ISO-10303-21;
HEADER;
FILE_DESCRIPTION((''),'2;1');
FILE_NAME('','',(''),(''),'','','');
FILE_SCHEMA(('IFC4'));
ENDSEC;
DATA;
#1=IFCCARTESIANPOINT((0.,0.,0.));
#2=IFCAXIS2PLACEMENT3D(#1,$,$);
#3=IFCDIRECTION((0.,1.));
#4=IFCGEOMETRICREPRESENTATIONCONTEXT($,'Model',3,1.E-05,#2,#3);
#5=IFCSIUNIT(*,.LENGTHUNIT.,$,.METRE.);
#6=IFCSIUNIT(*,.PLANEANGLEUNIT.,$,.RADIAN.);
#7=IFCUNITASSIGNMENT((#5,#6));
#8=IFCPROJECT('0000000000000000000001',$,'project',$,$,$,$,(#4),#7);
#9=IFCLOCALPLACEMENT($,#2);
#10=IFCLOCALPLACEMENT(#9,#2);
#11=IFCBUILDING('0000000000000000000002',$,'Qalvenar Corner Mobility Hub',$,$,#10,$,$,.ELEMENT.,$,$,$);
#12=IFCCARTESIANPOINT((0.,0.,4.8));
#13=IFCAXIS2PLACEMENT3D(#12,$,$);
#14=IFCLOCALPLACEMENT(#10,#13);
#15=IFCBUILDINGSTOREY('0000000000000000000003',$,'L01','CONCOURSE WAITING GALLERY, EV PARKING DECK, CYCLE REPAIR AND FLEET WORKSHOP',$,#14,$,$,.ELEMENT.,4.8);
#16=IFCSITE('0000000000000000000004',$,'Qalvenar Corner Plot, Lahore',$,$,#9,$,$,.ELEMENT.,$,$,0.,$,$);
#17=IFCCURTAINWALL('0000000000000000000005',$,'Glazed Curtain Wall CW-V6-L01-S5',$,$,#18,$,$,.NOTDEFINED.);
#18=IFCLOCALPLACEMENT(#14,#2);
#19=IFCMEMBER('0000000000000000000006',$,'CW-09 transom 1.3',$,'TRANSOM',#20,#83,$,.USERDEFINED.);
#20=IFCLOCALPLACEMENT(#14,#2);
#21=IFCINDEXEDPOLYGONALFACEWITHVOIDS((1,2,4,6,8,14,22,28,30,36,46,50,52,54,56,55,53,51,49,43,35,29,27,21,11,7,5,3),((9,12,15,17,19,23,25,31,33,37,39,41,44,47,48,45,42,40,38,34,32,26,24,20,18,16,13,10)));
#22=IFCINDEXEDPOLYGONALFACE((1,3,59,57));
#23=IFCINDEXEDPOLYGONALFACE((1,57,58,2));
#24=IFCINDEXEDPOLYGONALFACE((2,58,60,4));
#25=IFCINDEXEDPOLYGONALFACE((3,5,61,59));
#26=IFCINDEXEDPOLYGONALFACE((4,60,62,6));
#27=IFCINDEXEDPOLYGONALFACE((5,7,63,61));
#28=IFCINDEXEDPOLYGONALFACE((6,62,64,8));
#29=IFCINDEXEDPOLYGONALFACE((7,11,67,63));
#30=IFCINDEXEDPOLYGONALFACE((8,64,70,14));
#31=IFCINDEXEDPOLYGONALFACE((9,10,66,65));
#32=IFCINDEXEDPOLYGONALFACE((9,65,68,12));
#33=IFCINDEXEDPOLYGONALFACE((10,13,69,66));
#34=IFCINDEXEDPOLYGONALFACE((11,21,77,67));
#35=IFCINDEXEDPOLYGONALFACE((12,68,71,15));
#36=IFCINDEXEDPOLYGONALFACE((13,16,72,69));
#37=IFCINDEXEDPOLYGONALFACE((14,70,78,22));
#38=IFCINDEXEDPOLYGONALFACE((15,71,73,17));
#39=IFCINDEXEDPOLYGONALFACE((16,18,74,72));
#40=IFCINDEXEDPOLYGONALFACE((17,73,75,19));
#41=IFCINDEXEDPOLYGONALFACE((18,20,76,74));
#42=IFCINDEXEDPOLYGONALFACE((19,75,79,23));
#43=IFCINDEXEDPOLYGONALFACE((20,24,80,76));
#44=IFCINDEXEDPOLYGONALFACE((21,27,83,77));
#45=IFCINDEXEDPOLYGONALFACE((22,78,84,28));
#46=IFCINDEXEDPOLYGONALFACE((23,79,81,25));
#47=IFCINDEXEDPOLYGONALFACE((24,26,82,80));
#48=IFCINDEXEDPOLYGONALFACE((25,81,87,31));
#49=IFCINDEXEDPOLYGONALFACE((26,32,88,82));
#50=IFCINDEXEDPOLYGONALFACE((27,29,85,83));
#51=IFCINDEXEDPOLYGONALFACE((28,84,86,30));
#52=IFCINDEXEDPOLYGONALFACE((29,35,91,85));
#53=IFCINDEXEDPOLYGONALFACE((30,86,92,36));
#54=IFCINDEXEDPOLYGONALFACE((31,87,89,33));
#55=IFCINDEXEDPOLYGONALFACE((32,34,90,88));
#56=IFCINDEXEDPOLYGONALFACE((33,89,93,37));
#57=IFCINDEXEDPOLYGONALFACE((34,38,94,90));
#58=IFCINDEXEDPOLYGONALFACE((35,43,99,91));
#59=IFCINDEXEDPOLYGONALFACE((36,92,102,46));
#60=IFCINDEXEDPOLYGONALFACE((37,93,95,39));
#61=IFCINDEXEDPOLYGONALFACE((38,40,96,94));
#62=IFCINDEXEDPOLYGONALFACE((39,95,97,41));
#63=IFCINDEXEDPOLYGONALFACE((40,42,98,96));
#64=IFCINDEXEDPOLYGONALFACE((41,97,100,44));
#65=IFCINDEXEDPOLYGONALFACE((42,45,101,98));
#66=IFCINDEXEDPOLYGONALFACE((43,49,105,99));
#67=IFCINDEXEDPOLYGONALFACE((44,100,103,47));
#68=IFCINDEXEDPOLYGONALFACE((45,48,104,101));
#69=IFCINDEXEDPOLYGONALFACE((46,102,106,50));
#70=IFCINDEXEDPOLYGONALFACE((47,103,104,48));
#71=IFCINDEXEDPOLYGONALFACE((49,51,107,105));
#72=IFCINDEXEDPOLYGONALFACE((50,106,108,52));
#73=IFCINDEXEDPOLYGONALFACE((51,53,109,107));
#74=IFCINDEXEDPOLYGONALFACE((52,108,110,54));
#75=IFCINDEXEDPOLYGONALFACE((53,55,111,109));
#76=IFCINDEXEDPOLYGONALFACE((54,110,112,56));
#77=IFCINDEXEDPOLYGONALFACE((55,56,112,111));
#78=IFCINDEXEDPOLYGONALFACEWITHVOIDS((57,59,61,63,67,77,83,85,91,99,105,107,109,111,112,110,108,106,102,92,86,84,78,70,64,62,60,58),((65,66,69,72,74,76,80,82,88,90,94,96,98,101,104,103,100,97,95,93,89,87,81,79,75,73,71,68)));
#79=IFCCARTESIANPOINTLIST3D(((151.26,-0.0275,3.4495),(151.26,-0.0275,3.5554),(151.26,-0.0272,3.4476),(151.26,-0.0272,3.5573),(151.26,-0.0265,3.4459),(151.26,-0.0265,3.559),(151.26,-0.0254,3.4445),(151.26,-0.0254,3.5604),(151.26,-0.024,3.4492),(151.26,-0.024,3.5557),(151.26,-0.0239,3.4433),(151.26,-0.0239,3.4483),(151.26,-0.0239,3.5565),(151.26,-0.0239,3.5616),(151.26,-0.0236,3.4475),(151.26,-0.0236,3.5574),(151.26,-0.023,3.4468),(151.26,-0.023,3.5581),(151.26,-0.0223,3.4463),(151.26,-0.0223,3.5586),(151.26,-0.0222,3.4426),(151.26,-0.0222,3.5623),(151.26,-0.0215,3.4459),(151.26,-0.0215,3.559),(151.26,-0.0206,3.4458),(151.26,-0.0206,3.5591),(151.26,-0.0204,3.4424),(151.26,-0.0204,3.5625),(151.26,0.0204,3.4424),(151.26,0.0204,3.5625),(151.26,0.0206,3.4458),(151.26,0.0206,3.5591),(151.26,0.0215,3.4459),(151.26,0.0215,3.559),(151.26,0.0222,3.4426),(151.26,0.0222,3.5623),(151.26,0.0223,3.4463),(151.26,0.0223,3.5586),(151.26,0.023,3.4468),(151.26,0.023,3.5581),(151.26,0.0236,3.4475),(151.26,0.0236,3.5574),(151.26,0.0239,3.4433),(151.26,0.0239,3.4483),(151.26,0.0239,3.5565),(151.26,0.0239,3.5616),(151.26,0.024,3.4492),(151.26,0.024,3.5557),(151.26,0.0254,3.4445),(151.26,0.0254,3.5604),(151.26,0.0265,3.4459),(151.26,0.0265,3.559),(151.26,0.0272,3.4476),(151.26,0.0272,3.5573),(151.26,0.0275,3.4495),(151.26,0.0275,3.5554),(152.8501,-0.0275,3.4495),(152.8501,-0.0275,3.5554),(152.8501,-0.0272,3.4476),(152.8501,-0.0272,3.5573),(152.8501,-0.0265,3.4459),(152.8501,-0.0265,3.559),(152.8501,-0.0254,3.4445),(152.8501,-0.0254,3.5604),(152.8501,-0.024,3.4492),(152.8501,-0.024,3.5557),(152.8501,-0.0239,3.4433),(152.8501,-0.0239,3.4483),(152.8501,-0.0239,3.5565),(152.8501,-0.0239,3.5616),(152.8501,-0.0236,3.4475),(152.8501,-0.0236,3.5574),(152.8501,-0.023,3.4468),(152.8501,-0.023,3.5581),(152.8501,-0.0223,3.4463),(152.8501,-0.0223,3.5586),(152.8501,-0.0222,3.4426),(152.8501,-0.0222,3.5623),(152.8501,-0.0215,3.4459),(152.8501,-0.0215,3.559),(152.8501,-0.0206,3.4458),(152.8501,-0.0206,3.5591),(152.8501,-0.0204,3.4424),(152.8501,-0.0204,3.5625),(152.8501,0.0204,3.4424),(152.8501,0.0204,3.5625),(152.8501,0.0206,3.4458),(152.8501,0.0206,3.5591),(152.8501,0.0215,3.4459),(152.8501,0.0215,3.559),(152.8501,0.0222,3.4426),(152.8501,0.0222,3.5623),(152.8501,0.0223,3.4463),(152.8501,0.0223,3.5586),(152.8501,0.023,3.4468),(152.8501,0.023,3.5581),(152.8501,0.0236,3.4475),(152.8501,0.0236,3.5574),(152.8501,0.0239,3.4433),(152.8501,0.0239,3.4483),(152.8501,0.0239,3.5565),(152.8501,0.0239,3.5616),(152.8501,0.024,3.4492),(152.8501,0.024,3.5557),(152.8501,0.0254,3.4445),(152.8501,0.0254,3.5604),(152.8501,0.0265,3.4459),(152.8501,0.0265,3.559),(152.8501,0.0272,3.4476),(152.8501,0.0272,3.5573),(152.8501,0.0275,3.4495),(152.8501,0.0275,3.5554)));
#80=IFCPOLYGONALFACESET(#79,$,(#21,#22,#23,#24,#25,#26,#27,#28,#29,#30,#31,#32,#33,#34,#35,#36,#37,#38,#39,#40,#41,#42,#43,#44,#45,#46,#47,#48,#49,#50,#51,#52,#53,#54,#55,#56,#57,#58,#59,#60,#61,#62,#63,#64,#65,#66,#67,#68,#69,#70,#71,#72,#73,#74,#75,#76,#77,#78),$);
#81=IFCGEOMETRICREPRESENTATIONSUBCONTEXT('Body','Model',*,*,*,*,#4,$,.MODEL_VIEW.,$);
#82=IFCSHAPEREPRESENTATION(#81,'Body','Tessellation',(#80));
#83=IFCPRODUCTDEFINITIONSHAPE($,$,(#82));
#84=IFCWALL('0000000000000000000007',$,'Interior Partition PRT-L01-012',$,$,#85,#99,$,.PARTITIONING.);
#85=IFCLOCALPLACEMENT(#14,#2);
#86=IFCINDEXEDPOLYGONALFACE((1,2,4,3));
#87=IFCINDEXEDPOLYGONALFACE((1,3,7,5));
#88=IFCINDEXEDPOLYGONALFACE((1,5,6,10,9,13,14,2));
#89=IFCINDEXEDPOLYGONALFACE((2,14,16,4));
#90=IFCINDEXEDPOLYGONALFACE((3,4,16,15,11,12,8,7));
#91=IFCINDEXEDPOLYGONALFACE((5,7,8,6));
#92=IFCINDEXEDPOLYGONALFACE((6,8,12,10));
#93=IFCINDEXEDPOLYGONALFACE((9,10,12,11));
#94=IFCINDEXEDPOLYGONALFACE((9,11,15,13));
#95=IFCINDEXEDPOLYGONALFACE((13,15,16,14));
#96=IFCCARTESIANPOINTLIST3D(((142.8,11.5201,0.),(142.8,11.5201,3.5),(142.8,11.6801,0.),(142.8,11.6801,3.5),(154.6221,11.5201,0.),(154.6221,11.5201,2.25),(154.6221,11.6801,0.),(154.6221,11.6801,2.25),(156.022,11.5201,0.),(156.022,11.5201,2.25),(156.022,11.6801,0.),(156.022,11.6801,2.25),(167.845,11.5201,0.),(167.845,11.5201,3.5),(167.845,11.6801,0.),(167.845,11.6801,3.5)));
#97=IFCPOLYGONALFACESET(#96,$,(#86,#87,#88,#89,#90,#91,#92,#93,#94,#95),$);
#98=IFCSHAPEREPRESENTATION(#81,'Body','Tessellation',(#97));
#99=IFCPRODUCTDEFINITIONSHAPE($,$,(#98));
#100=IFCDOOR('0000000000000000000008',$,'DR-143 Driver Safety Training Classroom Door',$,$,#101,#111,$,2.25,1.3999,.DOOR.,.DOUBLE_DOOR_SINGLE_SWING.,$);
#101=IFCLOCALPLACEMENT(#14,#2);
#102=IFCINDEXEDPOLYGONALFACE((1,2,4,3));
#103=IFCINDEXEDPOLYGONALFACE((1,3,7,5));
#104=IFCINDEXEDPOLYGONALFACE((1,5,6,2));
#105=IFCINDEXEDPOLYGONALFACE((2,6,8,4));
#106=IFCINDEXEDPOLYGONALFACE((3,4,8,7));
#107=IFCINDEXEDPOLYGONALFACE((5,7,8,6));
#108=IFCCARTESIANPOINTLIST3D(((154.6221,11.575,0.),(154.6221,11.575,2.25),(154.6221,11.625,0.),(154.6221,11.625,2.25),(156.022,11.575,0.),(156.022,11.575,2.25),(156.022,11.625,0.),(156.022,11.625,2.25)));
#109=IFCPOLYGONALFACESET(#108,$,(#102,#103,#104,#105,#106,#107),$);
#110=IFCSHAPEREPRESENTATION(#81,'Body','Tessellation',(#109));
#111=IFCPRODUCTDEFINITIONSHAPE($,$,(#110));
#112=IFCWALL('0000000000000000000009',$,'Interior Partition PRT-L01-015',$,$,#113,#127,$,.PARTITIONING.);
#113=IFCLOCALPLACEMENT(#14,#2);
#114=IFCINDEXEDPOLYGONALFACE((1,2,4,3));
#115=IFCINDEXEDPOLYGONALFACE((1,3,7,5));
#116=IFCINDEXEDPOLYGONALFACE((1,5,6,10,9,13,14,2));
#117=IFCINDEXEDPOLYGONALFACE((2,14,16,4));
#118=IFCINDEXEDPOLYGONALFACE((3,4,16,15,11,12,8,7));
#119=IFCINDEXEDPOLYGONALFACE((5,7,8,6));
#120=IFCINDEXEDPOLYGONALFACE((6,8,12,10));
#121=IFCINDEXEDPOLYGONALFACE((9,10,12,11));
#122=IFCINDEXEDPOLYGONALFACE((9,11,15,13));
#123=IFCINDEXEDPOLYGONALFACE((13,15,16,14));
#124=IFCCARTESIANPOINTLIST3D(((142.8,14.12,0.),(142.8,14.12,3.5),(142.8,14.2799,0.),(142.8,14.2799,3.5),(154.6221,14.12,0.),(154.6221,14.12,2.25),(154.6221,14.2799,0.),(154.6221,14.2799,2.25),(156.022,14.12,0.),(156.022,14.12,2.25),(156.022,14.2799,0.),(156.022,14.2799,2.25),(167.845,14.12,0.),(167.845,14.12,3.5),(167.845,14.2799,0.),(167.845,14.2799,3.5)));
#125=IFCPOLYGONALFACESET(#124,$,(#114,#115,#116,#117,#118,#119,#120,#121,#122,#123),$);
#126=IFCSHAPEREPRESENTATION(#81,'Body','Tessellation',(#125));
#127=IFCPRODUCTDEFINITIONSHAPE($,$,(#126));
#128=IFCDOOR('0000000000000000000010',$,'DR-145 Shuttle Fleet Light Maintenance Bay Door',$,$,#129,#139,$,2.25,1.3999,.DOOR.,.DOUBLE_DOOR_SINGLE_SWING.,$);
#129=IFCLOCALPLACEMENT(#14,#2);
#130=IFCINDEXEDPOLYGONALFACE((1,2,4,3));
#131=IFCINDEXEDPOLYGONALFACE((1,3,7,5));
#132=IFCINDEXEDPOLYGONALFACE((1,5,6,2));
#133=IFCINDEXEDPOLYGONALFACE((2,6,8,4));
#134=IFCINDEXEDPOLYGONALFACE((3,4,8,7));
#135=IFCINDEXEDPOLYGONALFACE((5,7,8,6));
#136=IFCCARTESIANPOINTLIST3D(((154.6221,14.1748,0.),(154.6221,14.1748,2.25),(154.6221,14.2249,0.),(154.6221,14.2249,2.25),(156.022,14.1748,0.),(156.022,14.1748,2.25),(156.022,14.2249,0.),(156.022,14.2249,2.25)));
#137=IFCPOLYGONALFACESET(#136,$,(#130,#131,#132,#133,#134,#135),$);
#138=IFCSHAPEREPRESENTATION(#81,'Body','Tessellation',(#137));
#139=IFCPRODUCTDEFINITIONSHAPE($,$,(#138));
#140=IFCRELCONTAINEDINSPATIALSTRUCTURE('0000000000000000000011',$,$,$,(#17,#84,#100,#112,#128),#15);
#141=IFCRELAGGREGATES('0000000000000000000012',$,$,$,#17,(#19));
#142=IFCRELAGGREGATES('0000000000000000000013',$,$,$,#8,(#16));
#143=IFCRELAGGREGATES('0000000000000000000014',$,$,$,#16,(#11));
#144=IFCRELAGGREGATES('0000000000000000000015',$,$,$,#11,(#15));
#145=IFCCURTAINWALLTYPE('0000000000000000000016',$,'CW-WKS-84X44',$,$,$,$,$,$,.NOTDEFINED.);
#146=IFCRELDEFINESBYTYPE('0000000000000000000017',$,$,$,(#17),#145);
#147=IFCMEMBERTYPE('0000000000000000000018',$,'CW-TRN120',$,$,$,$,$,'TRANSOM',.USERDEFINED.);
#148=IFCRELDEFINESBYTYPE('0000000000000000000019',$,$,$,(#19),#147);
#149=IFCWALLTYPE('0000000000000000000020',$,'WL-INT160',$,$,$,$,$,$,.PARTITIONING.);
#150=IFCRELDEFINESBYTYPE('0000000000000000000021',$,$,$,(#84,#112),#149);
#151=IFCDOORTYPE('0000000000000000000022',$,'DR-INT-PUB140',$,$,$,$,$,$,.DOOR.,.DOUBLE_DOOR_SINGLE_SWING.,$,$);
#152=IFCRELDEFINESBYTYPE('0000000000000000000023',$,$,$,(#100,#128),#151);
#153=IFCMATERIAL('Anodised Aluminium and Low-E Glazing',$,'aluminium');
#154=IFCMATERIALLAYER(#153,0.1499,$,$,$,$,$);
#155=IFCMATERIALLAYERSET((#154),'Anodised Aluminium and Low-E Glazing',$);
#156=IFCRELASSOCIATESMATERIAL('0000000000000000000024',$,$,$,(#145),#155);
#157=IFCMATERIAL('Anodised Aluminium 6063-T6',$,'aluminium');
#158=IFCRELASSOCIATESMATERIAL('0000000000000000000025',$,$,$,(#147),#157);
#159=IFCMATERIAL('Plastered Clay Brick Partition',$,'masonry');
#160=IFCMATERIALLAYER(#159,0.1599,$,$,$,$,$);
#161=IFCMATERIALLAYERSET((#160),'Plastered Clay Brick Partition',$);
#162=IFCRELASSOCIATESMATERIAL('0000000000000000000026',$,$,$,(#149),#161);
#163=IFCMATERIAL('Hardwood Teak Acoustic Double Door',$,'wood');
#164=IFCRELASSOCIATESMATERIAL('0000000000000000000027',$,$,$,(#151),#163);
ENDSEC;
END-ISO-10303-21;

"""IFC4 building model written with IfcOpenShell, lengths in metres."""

from ifc_helpers import new_model, si_unit, direction, frame, frame_2d, origin, origin_2d, place, context, subcontext, project, spatial, rectangle, hollow_rectangle, extrude, material, layer, layer_set, material_profile, profile_set, type_object, element, fill, aggregate, save


model = new_model("IFC4")

# Units and contexts
model_context = context("Model", 3, precision=1e-05, world=origin(), true_north=direction((0.0, 1.0)))
body_context = subcontext(model_context, "Body", "Model", "MODEL_VIEW")
ifc_project = project(units=[si_unit("LENGTHUNIT", "METRE"), si_unit("PLANEANGLEUNIT", "RADIAN")], contexts=[model_context])

# Site, building, storey
site_placement = place(None, origin())
site = spatial("IfcSite", under=ifc_project, at=site_placement, Name="Qalvenar Corner Plot, Lahore", CompositionType="ELEMENT", RefElevation=0.0)
building_placement = place(site_placement, origin())
building = spatial("IfcBuilding", under=site, at=building_placement, Name="Qalvenar Corner Mobility Hub", CompositionType="ELEMENT")
storey_placement = place(building_placement, frame((0.0, 0.0, 4.8)))
storey = spatial("IfcBuildingStorey", under=building, at=storey_placement, Name="L01", Description="CONCOURSE WAITING GALLERY, EV PARKING DECK, CYCLE REPAIR AND FLEET WORKSHOP", CompositionType="ELEMENT", Elevation=4.8)

# Curtain wall, member
ifc_material_1 = material(Name="Anodised Aluminium and Low-E Glazing", Category="aluminium")
ifc_layer_1 = layer(ifc_material_1, 0.1499)
ifc_layer_set_1 = layer_set([ifc_layer_1], Name="Anodised Aluminium and Low-E Glazing")
curtain_wall_type = type_object("IfcCurtainWallType", Name="CW-WKS-84X44", PredefinedType="NOTDEFINED", material=ifc_layer_set_1)
curtain_wall_placement = place(storey_placement, origin())
curtain_wall = element("IfcCurtainWall", 1, at=curtain_wall_placement, inside=storey, type_object=curtain_wall_type, Name="Glazed Curtain Wall CW-V6-L01-S5", PredefinedType="NOTDEFINED")
ifc_material_2 = material(Name="Anodised Aluminium 6063-T6", Category="aluminium")
ifc_material_profile_1 = material_profile(ifc_material_2, hollow_rectangle(XDim=0.0549, YDim=0.1201, WallThickness=0.0034, InnerFilletRadius=0.0034, OuterFilletRadius=0.0071, at=origin_2d()), Name="RHS120x55x3.5")
ifc_profile_set_1 = profile_set([ifc_material_profile_1], Name="Anodised Aluminium 6063-T6")
member_type = type_object("IfcMemberType", Name="CW-TRN120", ElementType="TRANSOM", PredefinedType="USERDEFINED", material=ifc_profile_set_1)
member_placement = place(storey_placement, frame((151.26, 0.0, 3.5024), z_axis=(1.0, 0.0, 0.0), x_axis=(0.0, 1.0, 0.0)))
member = element("IfcMember", 2, at=member_placement, type_object=member_type, Name="CW-09 transom 1.3", ObjectType="TRANSOM", PredefinedType="USERDEFINED", context=body_context, shape_type="SweptSolid", body=[
    extrude(hollow_rectangle(XDim=0.0549, YDim=0.1201, WallThickness=0.0034, InnerFilletRadius=0.0034, OuterFilletRadius=0.0071, at=origin_2d()), origin(), (0.0, 0.0, 1.0), 1.5901),
])
aggregate(curtain_wall, [member])

# Walls, openings, doors
ifc_material_3 = material(Name="Plastered Clay Brick Partition", Category="masonry")
ifc_layer_2 = layer(ifc_material_3, 0.1599)
ifc_layer_set_2 = layer_set([ifc_layer_2], Name="Plastered Clay Brick Partition")
wall_type = type_object("IfcWallType", Name="WL-INT160", PredefinedType="PARTITIONING", material=ifc_layer_set_2)
wall_1_placement = place(storey_placement, frame((142.8, 11.6001, 0.0), z_axis=(0.0, 0.0, 1.0), x_axis=(1.0, 0.0, 0.0)))
wall_1 = element("IfcWall", 3, at=wall_1_placement, inside=storey, type_object=wall_type, Name="Interior Partition PRT-L01-012", PredefinedType="PARTITIONING", context=body_context, shape_type="SweptSolid", body=[
    extrude(rectangle(XDim=25.0449, YDim=0.1599, at=frame_2d((12.5225, 0.0))), origin(), (0.0, 0.0, 1.0), 3.5),
])
opening_1_placement = place(wall_1_placement, frame((11.822, 0.0, 0.0)))
opening_1 = element("IfcOpeningElement", 4, at=opening_1_placement, cuts=wall_1, PredefinedType="OPENING", context=body_context, shape_type="SweptSolid", body=[
    extrude(rectangle(XDim=1.3999, YDim=2.25, at=frame_2d((0.7, 1.125))), frame((0.0, 0.0898, 0.0), z_axis=(0.0, -1.0, 0.0), x_axis=(1.0, 0.0, 0.0)), (0.0, 0.0, 1.0), 0.1799),
])
ifc_material_4 = material(Name="Hardwood Teak Acoustic Double Door", Category="wood")
door_type = type_object("IfcDoorType", Name="DR-INT-PUB140", OperationType="DOUBLE_DOOR_SINGLE_SWING", PredefinedType="DOOR", material=ifc_material_4)
door_1_placement = place(opening_1_placement, origin())
door_1 = element("IfcDoor", 5, at=door_1_placement, inside=storey, type_object=door_type, Name="DR-143 Driver Safety Training Classroom Door", OperationType="DOUBLE_DOOR_SINGLE_SWING", OverallHeight=2.25, OverallWidth=1.3999, PredefinedType="DOOR", context=body_context, shape_type="SweptSolid", body=[
    extrude(rectangle(XDim=1.3999, YDim=2.25, at=frame_2d((0.7, 1.125))), frame((0.0, 0.0249, 0.0), z_axis=(0.0, -1.0, 0.0), x_axis=(1.0, 0.0, 0.0)), (0.0, 0.0, 1.0), 0.05),
])
fill(opening_1, door_1)
wall_2_placement = place(storey_placement, frame((142.8, 14.2, 0.0), z_axis=(0.0, 0.0, 1.0), x_axis=(1.0, 0.0, 0.0)))
wall_2 = element("IfcWall", 6, at=wall_2_placement, inside=storey, type_object=wall_type, Name="Interior Partition PRT-L01-015", PredefinedType="PARTITIONING", context=body_context, shape_type="SweptSolid", body=[
    extrude(rectangle(XDim=25.0449, YDim=0.1599, at=frame_2d((12.5225, 0.0))), origin(), (0.0, 0.0, 1.0), 3.5),
])
opening_2_placement = place(wall_2_placement, frame((11.822, 0.0, 0.0)))
opening_2 = element("IfcOpeningElement", 7, at=opening_2_placement, cuts=wall_2, PredefinedType="OPENING", context=body_context, shape_type="SweptSolid", body=[
    extrude(rectangle(XDim=1.3999, YDim=2.25, at=frame_2d((0.7, 1.125))), frame((0.0, 0.0898, 0.0), z_axis=(0.0, -1.0, 0.0), x_axis=(1.0, 0.0, 0.0)), (0.0, 0.0, 1.0), 0.1799),
])
door_2_placement = place(opening_2_placement, origin())
door_2 = element("IfcDoor", 8, at=door_2_placement, inside=storey, type_object=door_type, Name="DR-145 Shuttle Fleet Light Maintenance Bay Door", OperationType="DOUBLE_DOOR_SINGLE_SWING", OverallHeight=2.25, OverallWidth=1.3999, PredefinedType="DOOR", context=body_context, shape_type="SweptSolid", body=[
    extrude(rectangle(XDim=1.3999, YDim=2.25, at=frame_2d((0.7, 1.125))), frame((0.0, 0.0249, 0.0), z_axis=(0.0, -1.0, 0.0), x_axis=(1.0, 0.0, 0.0)), (0.0, 0.0, 1.0), 0.05),
])
fill(opening_2, door_2)

save(model, "model.ifc")
